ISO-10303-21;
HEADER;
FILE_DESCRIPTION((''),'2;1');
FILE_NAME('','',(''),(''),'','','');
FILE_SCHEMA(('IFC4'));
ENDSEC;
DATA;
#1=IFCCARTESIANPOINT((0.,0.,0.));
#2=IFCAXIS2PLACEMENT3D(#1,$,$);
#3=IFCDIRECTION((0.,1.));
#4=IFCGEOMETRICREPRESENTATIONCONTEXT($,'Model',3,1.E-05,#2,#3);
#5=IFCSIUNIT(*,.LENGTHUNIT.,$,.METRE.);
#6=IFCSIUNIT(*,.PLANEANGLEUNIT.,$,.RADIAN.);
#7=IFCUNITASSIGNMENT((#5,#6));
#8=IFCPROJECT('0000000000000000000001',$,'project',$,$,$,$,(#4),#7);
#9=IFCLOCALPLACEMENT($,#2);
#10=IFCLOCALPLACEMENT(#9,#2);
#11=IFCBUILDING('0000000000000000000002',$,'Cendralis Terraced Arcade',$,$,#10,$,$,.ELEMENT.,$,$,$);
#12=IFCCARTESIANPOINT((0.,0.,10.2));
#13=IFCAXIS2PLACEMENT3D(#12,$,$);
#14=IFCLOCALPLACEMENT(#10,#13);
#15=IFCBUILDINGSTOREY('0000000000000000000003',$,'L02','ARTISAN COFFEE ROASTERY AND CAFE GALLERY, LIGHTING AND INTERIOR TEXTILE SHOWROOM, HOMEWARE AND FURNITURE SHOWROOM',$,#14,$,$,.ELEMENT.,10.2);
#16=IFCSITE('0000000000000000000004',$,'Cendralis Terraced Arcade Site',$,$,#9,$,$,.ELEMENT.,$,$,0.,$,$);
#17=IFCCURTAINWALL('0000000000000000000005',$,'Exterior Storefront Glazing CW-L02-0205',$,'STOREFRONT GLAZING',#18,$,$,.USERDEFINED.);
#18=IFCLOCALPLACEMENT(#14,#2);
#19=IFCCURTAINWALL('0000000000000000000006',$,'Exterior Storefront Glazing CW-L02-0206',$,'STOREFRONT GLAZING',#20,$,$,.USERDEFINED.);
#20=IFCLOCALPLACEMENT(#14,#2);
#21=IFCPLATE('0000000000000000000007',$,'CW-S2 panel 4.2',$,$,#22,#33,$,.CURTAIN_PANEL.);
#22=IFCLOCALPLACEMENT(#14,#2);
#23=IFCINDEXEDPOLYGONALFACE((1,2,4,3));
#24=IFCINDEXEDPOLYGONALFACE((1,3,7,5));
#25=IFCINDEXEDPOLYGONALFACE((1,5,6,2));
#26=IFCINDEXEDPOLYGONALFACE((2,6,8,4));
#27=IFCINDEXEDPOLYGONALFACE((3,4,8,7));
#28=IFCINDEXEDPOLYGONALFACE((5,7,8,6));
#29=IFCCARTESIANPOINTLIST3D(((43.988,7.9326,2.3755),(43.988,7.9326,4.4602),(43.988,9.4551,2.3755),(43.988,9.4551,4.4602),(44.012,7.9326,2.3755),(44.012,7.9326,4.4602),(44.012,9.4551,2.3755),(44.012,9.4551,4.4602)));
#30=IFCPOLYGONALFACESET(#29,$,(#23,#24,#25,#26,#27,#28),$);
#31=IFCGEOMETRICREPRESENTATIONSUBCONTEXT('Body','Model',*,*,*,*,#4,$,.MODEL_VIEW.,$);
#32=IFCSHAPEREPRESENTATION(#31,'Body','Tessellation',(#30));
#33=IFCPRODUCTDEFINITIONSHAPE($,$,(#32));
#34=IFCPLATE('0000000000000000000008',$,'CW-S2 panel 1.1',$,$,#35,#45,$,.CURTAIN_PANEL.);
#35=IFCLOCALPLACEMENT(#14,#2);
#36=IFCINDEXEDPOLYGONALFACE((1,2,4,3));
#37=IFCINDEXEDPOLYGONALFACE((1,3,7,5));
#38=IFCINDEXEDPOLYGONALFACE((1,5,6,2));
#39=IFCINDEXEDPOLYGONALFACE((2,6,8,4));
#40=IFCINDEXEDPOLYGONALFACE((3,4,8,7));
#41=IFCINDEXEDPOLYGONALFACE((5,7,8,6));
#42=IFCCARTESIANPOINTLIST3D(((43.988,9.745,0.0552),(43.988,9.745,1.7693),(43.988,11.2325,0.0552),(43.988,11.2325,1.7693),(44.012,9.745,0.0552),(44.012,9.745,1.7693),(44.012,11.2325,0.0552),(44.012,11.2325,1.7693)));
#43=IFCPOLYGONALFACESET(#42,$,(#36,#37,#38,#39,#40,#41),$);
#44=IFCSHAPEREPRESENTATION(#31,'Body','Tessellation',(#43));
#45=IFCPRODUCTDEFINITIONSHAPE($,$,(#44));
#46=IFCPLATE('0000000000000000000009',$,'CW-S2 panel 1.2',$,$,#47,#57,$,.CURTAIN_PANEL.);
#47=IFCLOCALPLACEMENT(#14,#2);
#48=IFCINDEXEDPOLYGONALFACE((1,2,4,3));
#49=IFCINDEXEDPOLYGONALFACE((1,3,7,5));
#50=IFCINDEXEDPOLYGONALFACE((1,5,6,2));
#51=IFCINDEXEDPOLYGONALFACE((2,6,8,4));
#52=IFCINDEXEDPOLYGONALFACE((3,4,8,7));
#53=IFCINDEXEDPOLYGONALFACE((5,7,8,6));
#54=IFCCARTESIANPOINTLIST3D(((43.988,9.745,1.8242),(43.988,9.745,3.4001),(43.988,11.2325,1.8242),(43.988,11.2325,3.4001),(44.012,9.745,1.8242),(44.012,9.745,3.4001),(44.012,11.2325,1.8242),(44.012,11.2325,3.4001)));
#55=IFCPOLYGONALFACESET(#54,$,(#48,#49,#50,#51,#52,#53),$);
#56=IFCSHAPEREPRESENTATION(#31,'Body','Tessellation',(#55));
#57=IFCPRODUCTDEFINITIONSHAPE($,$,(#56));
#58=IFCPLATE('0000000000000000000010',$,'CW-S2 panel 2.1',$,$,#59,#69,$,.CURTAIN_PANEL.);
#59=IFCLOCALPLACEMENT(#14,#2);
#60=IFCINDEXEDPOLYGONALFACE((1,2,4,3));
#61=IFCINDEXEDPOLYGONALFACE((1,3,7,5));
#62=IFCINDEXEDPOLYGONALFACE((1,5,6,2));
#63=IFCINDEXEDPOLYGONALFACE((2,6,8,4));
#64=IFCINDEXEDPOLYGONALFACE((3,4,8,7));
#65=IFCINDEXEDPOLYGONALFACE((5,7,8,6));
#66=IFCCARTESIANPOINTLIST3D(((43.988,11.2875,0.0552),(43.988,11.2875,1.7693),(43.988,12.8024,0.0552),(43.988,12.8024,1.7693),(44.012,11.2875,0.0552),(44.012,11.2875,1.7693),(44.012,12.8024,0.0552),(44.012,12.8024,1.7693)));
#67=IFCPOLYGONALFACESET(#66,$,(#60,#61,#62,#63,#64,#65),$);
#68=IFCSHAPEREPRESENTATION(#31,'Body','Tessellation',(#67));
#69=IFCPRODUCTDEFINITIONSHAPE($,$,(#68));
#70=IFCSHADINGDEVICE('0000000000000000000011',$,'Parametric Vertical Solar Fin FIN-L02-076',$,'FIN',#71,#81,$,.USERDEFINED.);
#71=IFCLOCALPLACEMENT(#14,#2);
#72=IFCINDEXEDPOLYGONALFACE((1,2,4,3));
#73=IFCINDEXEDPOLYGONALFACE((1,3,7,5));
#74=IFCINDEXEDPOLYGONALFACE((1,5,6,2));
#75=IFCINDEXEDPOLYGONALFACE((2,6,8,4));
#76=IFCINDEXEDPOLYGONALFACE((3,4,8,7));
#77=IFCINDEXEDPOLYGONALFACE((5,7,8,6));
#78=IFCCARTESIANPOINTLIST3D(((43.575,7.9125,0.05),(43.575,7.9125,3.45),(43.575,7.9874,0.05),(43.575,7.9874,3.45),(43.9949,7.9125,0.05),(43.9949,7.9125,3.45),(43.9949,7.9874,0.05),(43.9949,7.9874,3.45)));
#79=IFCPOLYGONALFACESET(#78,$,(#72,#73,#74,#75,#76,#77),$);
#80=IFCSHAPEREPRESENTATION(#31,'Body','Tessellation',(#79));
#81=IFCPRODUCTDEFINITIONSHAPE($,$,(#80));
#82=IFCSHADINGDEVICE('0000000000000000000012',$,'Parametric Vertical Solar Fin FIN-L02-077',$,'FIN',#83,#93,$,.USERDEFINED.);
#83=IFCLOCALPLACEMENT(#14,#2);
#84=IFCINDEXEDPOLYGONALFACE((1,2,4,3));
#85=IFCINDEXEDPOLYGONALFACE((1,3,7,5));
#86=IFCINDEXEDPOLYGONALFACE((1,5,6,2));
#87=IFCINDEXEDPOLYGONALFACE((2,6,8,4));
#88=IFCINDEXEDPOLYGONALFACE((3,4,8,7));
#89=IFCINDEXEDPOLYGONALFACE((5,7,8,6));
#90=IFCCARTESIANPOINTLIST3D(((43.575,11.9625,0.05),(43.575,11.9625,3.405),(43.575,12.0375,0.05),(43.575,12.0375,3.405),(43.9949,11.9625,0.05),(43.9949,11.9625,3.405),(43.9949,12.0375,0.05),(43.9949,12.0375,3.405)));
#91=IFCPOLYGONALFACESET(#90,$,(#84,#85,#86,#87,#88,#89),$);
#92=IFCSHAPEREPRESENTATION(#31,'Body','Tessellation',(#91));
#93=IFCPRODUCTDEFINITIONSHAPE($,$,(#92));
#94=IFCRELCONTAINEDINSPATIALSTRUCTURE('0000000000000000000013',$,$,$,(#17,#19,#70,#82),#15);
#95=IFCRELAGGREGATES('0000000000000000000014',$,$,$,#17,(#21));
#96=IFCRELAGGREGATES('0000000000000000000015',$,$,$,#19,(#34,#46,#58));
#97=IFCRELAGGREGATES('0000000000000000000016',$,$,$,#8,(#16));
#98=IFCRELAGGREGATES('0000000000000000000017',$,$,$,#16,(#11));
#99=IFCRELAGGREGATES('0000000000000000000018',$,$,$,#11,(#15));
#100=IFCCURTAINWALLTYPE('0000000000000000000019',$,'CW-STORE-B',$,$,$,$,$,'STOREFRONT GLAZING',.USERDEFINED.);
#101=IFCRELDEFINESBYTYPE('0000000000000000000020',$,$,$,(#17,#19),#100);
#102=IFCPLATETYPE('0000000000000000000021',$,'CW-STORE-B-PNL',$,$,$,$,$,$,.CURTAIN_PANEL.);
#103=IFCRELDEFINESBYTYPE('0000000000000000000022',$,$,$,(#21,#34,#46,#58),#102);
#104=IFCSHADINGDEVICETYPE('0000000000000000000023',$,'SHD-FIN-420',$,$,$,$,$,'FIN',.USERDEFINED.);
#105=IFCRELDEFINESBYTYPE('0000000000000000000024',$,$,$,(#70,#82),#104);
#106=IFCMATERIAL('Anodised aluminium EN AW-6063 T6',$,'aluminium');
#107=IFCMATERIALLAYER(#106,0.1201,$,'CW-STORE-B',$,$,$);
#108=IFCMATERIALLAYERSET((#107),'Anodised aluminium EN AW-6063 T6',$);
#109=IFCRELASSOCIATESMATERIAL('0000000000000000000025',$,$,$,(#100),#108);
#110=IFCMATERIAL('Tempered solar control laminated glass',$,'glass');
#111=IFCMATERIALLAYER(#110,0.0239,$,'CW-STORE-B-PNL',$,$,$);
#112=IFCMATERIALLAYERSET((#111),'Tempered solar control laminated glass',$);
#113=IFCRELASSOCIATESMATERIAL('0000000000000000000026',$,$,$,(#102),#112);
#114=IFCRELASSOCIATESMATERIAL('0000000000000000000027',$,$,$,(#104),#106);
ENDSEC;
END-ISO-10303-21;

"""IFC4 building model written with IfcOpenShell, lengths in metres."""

from ifc_helpers import new_model, si_unit, direction, frame, origin, origin_2d, place, context, subcontext, project, spatial, rectangle, extrude, material, layer, layer_set, type_object, element, aggregate, save


model = new_model("IFC4")

# Units and contexts
model_context = context("Model", 3, precision=1e-05, world=origin(), true_north=direction((0.0, 1.0)))
body_context = subcontext(model_context, "Body", "Model", "MODEL_VIEW")
ifc_project = project(units=[si_unit("LENGTHUNIT", "METRE"), si_unit("PLANEANGLEUNIT", "RADIAN")], contexts=[model_context])

# Site, building, storey
site_placement = place(None, origin())
site = spatial("IfcSite", under=ifc_project, at=site_placement, Name="Cendralis Terraced Arcade Site", CompositionType="ELEMENT", RefElevation=0.0)
building_placement = place(site_placement, origin())
building = spatial("IfcBuilding", under=site, at=building_placement, Name="Cendralis Terraced Arcade", CompositionType="ELEMENT")
storey_placement = place(building_placement, frame((0.0, 0.0, 10.2)))
storey = spatial("IfcBuildingStorey", under=building, at=storey_placement, Name="L02", Description="ARTISAN COFFEE ROASTERY AND CAFE GALLERY, LIGHTING AND INTERIOR TEXTILE SHOWROOM, HOMEWARE AND FURNITURE SHOWROOM", CompositionType="ELEMENT", Elevation=10.2)

# Curtain walls
ifc_material_1 = material(Name="Anodised aluminium EN AW-6063 T6", Category="aluminium")
ifc_layer_1 = layer(ifc_material_1, 0.1201, Name="CW-STORE-B")
ifc_layer_set_1 = layer_set([ifc_layer_1], Name="Anodised aluminium EN AW-6063 T6")
curtain_wall_type = type_object("IfcCurtainWallType", Name="CW-STORE-B", ElementType="STOREFRONT GLAZING", PredefinedType="USERDEFINED", material=ifc_layer_set_1)
curtain_wall_1_placement = place(storey_placement, origin())
curtain_wall_1 = element("IfcCurtainWall", 1, at=curtain_wall_1_placement, inside=storey, type_object=curtain_wall_type, Name="Exterior Storefront Glazing CW-L02-0205", ObjectType="STOREFRONT GLAZING", PredefinedType="USERDEFINED")
curtain_wall_2_placement = place(storey_placement, origin())
curtain_wall_2 = element("IfcCurtainWall", 2, at=curtain_wall_2_placement, inside=storey, type_object=curtain_wall_type, Name="Exterior Storefront Glazing CW-L02-0206", ObjectType="STOREFRONT GLAZING", PredefinedType="USERDEFINED")

# Plates
ifc_material_2 = material(Name="Tempered solar control laminated glass", Category="glass")
ifc_layer_2 = layer(ifc_material_2, 0.0239, Name="CW-STORE-B-PNL")
ifc_layer_set_2 = layer_set([ifc_layer_2], Name="Tempered solar control laminated glass")
plate_type = type_object("IfcPlateType", Name="CW-STORE-B-PNL", PredefinedType="CURTAIN_PANEL", material=ifc_layer_set_2)
plate_1_placement = place(storey_placement, frame((44.0, 8.6938, 2.3755), z_axis=(0.0, 0.0, 1.0), x_axis=(0.0, 1.0, 0.0)))
plate_1 = element("IfcPlate", 3, at=plate_1_placement, type_object=plate_type, Name="CW-S2 panel 4.2", PredefinedType="CURTAIN_PANEL", context=body_context, shape_type="SweptSolid", body=[
    extrude(rectangle(XDim=1.5225, YDim=0.0239, at=origin_2d()), origin(), (0.0, 0.0, 1.0), 2.0847),
])
aggregate(curtain_wall_1, [plate_1])
plate_2_placement = place(storey_placement, frame((44.0, 10.4888, 0.0552), z_axis=(0.0, 0.0, 1.0), x_axis=(0.0, 1.0, 0.0)))
plate_2 = element("IfcPlate", 4, at=plate_2_placement, type_object=plate_type, Name="CW-S2 panel 1.1", PredefinedType="CURTAIN_PANEL", context=body_context, shape_type="SweptSolid", body=[
    extrude(rectangle(XDim=1.4875, YDim=0.0239, at=origin_2d()), origin(), (0.0, 0.0, 1.0), 1.7141),
])
plate_3_placement = place(storey_placement, frame((44.0, 10.4888, 1.8242), z_axis=(0.0, 0.0, 1.0), x_axis=(0.0, 1.0, 0.0)))
plate_3 = element("IfcPlate", 5, at=plate_3_placement, type_object=plate_type, Name="CW-S2 panel 1.2", PredefinedType="CURTAIN_PANEL", context=body_context, shape_type="SweptSolid", body=[
    extrude(rectangle(XDim=1.4875, YDim=0.0239, at=origin_2d()), origin(), (0.0, 0.0, 1.0), 1.5759),
])
plate_4_placement = place(storey_placement, frame((44.0, 12.0449, 0.0552), z_axis=(0.0, 0.0, 1.0), x_axis=(0.0, 1.0, 0.0)))
plate_4 = element("IfcPlate", 6, at=plate_4_placement, type_object=plate_type, Name="CW-S2 panel 2.1", PredefinedType="CURTAIN_PANEL", context=body_context, shape_type="SweptSolid", body=[
    extrude(rectangle(XDim=1.5149, YDim=0.0239, at=origin_2d()), origin(), (0.0, 0.0, 1.0), 1.7141),
])
aggregate(curtain_wall_2, [plate_2, plate_3, plate_4])

# Shading devices
shading_device_type = type_object("IfcShadingDeviceType", Name="SHD-FIN-420", ElementType="FIN", PredefinedType="USERDEFINED", material=ifc_material_1)
shading_device_1_placement = place(storey_placement, frame((43.7849, 7.95, 0.05), z_axis=(0.0, 0.0, 1.0), x_axis=(0.0, 1.0, 0.0)))
element("IfcShadingDevice", 7, at=shading_device_1_placement, inside=storey, type_object=shading_device_type, Name="Parametric Vertical Solar Fin FIN-L02-076", ObjectType="FIN", PredefinedType="USERDEFINED", context=body_context, shape_type="SweptSolid", body=[
    extrude(rectangle(XDim=0.075, YDim=0.4199, at=origin_2d()), origin(), (0.0, 0.0, 1.0), 3.3999),
])
shading_device_2_placement = place(storey_placement, frame((43.7849, 12.0, 0.05), z_axis=(0.0, 0.0, 1.0), x_axis=(0.0, 1.0, 0.0)))
element("IfcShadingDevice", 8, at=shading_device_2_placement, inside=storey, type_object=shading_device_type, Name="Parametric Vertical Solar Fin FIN-L02-077", ObjectType="FIN", PredefinedType="USERDEFINED", context=body_context, shape_type="SweptSolid", body=[
    extrude(rectangle(XDim=0.075, YDim=0.4199, at=origin_2d()), origin(), (0.0, 0.0, 1.0), 3.355),
])

save(model, "model.ifc")
